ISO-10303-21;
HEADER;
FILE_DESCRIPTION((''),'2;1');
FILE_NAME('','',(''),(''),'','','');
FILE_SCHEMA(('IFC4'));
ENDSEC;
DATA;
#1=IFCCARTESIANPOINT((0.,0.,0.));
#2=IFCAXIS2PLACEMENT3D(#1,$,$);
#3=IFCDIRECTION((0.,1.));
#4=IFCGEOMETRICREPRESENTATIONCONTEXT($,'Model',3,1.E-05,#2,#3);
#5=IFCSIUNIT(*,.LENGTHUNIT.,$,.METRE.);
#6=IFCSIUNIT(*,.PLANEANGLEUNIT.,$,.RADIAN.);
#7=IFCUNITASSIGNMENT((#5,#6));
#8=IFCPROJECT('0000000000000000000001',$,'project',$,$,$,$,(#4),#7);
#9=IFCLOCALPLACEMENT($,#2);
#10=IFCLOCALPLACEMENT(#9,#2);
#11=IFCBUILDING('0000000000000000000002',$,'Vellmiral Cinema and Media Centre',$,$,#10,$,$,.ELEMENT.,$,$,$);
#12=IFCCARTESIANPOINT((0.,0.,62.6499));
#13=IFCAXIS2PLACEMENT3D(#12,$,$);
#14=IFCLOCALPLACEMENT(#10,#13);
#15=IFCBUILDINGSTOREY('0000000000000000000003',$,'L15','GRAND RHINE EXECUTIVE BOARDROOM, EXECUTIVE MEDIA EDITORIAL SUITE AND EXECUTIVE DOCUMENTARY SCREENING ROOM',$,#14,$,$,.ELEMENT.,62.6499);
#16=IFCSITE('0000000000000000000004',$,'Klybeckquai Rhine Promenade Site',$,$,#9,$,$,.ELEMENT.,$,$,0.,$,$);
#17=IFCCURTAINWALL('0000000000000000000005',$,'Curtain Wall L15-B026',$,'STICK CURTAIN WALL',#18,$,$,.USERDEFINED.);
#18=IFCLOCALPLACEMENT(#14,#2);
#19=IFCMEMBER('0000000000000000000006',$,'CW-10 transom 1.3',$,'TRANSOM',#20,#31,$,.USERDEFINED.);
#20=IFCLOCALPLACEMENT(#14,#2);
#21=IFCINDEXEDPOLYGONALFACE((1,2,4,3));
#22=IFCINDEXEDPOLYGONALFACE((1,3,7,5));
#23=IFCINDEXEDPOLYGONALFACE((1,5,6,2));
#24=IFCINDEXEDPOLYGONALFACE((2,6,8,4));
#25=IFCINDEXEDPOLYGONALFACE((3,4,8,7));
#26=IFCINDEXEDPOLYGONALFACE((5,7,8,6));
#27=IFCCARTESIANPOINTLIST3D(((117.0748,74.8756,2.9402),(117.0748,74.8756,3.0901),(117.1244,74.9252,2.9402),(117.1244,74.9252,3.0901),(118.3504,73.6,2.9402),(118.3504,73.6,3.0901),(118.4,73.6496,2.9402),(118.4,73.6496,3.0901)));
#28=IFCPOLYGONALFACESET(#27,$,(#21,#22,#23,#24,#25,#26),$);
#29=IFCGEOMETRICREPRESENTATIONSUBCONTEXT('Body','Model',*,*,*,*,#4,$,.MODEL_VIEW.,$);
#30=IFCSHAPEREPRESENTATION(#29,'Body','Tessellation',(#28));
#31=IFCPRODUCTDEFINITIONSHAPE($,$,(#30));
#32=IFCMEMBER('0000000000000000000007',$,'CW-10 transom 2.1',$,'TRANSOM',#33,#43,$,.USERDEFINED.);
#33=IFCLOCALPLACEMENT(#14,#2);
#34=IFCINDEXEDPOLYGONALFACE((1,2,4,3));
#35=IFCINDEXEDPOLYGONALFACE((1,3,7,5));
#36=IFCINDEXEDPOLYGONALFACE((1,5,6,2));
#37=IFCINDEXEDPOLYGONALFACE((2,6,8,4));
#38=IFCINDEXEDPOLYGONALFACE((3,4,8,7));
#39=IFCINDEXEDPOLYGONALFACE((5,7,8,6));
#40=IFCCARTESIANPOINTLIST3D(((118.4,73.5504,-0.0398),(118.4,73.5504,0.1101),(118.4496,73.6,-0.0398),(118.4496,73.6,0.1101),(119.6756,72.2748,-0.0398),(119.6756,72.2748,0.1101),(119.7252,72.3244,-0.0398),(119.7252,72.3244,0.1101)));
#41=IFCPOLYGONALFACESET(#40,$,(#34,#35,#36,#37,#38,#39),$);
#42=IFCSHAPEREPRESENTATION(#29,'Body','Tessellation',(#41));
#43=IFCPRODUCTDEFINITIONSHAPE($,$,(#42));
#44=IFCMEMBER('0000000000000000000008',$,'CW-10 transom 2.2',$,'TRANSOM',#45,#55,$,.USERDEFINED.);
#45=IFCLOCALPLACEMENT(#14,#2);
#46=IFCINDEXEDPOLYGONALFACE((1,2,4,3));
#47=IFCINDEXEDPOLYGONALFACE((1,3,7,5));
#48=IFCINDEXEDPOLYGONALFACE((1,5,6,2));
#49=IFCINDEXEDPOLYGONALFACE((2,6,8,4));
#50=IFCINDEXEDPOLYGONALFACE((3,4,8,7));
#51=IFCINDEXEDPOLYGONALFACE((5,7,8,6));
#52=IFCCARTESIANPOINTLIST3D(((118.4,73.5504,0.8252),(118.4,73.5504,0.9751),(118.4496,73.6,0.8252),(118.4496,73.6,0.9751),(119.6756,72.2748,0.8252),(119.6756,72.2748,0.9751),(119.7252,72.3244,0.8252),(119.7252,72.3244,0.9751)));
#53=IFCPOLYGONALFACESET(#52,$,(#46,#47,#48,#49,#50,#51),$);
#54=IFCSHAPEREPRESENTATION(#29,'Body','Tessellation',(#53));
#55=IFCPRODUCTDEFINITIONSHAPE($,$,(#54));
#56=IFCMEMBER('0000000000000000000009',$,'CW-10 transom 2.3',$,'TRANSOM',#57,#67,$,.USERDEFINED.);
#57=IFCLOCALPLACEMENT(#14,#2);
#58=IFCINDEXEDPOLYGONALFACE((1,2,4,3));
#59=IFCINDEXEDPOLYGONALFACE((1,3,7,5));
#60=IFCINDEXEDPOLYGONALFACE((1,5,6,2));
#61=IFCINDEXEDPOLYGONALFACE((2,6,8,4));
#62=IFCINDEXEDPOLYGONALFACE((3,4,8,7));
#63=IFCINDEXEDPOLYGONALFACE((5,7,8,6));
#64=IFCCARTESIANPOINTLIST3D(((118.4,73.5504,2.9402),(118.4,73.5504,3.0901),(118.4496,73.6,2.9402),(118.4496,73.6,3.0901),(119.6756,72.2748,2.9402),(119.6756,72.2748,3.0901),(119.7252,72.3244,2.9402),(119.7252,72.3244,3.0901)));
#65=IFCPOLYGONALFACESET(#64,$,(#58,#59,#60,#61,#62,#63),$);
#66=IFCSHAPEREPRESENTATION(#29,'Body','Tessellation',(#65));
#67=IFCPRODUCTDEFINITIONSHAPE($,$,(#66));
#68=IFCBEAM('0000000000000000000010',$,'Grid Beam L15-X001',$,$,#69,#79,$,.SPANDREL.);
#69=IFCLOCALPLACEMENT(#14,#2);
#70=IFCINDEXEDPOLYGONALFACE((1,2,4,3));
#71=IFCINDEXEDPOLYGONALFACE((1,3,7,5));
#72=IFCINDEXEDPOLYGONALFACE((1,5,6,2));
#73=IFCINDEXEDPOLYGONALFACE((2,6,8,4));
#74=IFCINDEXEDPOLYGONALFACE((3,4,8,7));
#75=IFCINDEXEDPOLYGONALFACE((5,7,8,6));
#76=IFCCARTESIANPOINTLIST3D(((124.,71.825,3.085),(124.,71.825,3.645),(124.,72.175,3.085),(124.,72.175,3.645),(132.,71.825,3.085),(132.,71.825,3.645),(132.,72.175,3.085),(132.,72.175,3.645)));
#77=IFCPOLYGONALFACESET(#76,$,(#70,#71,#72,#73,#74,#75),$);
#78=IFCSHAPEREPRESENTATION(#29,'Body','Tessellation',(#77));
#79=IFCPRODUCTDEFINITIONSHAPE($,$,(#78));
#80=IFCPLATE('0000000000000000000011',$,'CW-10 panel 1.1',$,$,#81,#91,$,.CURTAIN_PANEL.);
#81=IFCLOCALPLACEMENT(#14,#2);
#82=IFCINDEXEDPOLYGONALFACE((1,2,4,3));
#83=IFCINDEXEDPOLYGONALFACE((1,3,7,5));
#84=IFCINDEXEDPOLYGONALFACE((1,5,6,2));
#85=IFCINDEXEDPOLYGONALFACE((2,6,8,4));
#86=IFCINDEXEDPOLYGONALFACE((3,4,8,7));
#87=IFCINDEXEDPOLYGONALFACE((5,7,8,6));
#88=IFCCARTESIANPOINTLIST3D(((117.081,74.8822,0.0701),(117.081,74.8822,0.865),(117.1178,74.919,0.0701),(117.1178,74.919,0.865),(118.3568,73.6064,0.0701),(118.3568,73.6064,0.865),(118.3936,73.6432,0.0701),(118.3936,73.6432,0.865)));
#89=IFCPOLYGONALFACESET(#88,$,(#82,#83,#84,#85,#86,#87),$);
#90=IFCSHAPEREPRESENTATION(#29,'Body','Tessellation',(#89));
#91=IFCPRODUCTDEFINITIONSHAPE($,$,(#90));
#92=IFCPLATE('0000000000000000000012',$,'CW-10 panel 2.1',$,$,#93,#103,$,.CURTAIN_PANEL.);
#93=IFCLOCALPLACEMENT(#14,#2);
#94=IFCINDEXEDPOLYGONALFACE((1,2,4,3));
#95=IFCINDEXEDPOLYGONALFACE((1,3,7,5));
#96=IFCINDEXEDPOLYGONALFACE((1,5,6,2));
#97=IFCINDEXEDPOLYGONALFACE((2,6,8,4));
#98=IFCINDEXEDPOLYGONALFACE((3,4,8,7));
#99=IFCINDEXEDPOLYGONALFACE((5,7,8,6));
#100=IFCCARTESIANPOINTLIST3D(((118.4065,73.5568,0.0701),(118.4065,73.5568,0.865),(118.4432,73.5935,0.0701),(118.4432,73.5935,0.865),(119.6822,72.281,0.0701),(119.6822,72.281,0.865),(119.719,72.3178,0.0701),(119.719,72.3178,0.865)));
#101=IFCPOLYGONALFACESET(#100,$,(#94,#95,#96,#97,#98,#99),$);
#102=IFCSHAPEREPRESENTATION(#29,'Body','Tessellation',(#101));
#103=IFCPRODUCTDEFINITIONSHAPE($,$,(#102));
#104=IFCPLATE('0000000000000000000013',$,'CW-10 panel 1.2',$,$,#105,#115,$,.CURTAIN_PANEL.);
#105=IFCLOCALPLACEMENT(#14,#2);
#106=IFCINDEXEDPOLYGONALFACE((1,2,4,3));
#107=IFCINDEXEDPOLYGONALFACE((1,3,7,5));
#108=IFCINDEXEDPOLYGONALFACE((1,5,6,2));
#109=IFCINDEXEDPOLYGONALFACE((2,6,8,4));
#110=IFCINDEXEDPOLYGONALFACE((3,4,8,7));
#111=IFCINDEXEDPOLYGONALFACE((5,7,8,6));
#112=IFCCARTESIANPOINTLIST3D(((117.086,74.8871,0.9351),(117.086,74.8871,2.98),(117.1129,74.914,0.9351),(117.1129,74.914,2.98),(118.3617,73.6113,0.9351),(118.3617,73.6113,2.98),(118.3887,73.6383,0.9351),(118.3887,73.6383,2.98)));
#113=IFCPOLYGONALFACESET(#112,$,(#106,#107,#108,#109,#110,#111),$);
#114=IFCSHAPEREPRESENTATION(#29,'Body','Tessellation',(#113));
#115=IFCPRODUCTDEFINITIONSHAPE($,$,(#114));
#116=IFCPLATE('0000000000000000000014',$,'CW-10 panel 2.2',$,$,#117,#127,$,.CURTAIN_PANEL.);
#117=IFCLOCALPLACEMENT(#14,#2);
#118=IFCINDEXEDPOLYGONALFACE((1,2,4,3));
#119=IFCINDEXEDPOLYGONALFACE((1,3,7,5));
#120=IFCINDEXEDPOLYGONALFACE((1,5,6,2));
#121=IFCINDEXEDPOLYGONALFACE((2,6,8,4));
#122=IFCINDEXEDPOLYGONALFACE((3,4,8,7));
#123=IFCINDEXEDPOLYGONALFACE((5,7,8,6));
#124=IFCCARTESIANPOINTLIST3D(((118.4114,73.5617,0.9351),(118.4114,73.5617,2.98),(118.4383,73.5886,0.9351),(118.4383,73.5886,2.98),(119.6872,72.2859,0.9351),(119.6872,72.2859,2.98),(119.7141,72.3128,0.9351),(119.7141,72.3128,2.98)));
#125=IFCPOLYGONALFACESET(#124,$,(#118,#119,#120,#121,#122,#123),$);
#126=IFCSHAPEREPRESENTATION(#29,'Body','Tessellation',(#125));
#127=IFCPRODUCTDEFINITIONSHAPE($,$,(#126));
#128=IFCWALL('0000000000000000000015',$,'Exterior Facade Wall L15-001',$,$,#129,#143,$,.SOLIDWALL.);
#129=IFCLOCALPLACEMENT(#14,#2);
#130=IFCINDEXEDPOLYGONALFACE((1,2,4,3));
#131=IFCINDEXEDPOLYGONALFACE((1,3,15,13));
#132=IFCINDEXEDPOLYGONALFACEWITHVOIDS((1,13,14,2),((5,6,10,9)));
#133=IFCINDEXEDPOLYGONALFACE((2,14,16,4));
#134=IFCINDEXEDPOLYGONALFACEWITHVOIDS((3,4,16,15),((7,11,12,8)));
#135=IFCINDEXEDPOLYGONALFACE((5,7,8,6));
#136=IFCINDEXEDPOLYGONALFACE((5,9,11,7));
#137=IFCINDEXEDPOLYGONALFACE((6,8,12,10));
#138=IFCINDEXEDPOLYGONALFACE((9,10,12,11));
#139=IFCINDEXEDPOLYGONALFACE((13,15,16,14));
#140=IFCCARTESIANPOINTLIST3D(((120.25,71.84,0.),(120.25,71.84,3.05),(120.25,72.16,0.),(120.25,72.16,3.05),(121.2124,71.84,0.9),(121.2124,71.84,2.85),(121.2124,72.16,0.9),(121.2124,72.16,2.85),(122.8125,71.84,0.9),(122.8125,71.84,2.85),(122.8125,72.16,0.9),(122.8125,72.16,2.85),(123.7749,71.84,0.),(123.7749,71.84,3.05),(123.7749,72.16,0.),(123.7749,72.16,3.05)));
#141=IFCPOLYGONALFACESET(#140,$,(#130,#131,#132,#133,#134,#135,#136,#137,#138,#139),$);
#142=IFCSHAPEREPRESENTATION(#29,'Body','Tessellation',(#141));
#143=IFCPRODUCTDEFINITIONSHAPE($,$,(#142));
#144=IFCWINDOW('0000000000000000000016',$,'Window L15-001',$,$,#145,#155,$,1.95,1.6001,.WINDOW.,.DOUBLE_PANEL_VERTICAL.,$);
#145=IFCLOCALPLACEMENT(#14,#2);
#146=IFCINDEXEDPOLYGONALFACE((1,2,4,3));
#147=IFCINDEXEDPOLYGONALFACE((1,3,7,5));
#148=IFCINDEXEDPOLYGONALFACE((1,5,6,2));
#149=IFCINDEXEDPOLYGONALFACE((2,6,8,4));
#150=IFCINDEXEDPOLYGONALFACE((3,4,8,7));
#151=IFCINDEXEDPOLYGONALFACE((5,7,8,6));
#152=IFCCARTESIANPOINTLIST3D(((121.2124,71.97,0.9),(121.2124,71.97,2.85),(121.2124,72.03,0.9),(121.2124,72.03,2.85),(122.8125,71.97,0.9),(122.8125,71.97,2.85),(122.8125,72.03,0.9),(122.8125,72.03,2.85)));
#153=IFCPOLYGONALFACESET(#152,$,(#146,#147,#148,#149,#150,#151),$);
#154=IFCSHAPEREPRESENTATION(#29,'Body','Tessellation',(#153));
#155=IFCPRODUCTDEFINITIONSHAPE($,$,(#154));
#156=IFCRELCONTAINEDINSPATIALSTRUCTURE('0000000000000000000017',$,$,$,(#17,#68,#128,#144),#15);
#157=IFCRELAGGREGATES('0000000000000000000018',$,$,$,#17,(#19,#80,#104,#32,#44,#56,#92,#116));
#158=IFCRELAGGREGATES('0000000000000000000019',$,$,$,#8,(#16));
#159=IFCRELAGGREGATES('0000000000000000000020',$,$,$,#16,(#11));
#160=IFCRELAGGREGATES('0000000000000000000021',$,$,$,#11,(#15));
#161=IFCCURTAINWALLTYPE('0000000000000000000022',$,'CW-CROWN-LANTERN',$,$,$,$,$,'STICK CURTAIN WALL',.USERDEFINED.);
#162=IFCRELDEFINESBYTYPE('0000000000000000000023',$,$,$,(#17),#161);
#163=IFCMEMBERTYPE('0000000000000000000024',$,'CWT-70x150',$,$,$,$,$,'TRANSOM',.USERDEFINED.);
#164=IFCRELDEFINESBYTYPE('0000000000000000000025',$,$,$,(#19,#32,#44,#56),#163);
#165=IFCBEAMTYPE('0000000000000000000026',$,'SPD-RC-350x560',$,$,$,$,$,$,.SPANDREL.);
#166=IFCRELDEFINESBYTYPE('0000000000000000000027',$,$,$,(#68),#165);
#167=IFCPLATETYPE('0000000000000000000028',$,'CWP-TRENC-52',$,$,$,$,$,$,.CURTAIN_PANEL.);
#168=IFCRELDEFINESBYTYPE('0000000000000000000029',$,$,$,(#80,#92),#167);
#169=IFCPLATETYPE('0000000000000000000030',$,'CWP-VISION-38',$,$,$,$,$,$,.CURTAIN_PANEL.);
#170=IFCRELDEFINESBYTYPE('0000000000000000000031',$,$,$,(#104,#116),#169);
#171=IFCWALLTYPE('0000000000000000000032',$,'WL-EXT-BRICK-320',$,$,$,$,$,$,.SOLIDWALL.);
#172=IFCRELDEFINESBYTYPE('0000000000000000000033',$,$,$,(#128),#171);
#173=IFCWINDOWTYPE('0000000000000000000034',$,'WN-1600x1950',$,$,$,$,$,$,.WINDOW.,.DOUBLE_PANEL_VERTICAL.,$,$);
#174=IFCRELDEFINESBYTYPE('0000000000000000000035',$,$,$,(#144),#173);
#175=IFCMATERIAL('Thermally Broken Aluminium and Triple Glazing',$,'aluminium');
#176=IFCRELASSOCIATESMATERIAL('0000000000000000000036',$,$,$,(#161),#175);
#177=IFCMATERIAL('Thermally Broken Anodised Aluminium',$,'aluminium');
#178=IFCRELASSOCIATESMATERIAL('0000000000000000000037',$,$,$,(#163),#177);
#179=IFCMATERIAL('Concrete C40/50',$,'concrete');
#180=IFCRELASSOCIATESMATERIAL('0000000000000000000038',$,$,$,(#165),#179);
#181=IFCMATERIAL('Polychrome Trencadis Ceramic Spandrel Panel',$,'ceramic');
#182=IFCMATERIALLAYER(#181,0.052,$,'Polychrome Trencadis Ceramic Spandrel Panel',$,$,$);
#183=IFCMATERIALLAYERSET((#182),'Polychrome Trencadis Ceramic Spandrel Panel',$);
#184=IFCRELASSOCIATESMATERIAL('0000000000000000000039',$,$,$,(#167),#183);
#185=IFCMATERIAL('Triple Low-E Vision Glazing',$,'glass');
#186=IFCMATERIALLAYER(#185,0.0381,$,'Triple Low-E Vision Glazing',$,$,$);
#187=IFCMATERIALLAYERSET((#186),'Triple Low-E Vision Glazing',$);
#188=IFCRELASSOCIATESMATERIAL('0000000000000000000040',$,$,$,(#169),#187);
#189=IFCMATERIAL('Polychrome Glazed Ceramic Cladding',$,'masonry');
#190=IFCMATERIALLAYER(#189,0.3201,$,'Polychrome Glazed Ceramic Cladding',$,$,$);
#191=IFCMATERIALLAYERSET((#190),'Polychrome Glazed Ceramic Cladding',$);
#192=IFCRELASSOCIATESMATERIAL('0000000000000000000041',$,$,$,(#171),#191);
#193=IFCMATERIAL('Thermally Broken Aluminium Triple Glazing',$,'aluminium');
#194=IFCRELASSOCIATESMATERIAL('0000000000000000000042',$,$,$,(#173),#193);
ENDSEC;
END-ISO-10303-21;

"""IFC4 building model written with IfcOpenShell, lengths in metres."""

from ifc_helpers import new_model, si_unit, direction, frame, frame_2d, origin, origin_2d, place, context, subcontext, project, spatial, rectangle, extrude, material, layer, layer_set, material_profile, profile_set, type_object, element, fill, aggregate, save


model = new_model("IFC4")

# Units and contexts
model_context = context("Model", 3, precision=1e-05, world=origin(), true_north=direction((0.0, 1.0)))
body_context = subcontext(model_context, "Body", "Model", "MODEL_VIEW")
ifc_project = project(units=[si_unit("LENGTHUNIT", "METRE"), si_unit("PLANEANGLEUNIT", "RADIAN")], contexts=[model_context])

# Site, building, storey
site_placement = place(None, origin())
site = spatial("IfcSite", under=ifc_project, at=site_placement, Name="Klybeckquai Rhine Promenade Site", CompositionType="ELEMENT", RefElevation=0.0)
building_placement = place(site_placement, origin())
building = spatial("IfcBuilding", under=site, at=building_placement, Name="Vellmiral Cinema and Media Centre", CompositionType="ELEMENT")
storey_placement = place(building_placement, frame((0.0, 0.0, 62.6499)))
storey = spatial("IfcBuildingStorey", under=building, at=storey_placement, Name="L15", Description="GRAND RHINE EXECUTIVE BOARDROOM, EXECUTIVE MEDIA EDITORIAL SUITE AND EXECUTIVE DOCUMENTARY SCREENING ROOM", CompositionType="ELEMENT", Elevation=62.6499)

# Curtain wall, members
ifc_material_1 = material(Name="Thermally Broken Aluminium and Triple Glazing", Category="aluminium")
curtain_wall_type = type_object("IfcCurtainWallType", Name="CW-CROWN-LANTERN", ElementType="STICK CURTAIN WALL", PredefinedType="USERDEFINED", material=ifc_material_1)
curtain_wall_placement = place(storey_placement, origin())
curtain_wall = element("IfcCurtainWall", 1, at=curtain_wall_placement, inside=storey, type_object=curtain_wall_type, Name="Curtain Wall L15-B026", ObjectType="STICK CURTAIN WALL", PredefinedType="USERDEFINED")
ifc_material_2 = material(Name="Thermally Broken Anodised Aluminium", Category="aluminium")
ifc_material_profile_1 = material_profile(ifc_material_2, rectangle(XDim=0.0701, YDim=0.1499, at=origin_2d()), Name="MULL 70x150")
ifc_profile_set_1 = profile_set([ifc_material_profile_1], Name="Thermally Broken Anodised Aluminium")
member_type_1 = type_object("IfcMemberType", Name="CWT-70x150", ElementType="TRANSOM", PredefinedType="USERDEFINED", material=ifc_profile_set_1)
member_1_placement = place(storey_placement, frame((117.0996, 74.9004, 3.0151), z_axis=(0.707107, -0.707107, 0.0), x_axis=(0.707107, 0.707107, 0.0)))
member_1 = element("IfcMember", 2, at=member_1_placement, type_object=member_type_1, Name="CW-10 transom 1.3", ObjectType="TRANSOM", PredefinedType="USERDEFINED", context=body_context, shape_type="SweptSolid", body=[
    extrude(rectangle(XDim=0.0701, YDim=0.1499, at=origin_2d()), origin(), (0.0, 0.0, 1.0), 1.804),
])
member_2_placement = place(storey_placement, frame((118.4248, 73.5752, 0.0352), z_axis=(0.707107, -0.707107, 0.0), x_axis=(0.707107, 0.707107, 0.0)))
member_2 = element("IfcMember", 3, at=member_2_placement, type_object=member_type_1, Name="CW-10 transom 2.1", ObjectType="TRANSOM", PredefinedType="USERDEFINED", context=body_context, shape_type="SweptSolid", body=[
    extrude(rectangle(XDim=0.0701, YDim=0.1499, at=origin_2d()), origin(), (0.0, 0.0, 1.0), 1.804),
])
member_3_placement = place(storey_placement, frame((118.4248, 73.5752, 0.9001), z_axis=(0.707107, -0.707107, 0.0), x_axis=(0.707107, 0.707107, 0.0)))
member_3 = element("IfcMember", 4, at=member_3_placement, type_object=member_type_1, Name="CW-10 transom 2.2", ObjectType="TRANSOM", PredefinedType="USERDEFINED", context=body_context, shape_type="SweptSolid", body=[
    extrude(rectangle(XDim=0.0701, YDim=0.1499, at=origin_2d()), origin(), (0.0, 0.0, 1.0), 1.804),
])
member_4_placement = place(storey_placement, frame((118.4248, 73.5752, 3.0151), z_axis=(0.707107, -0.707107, 0.0), x_axis=(0.707107, 0.707107, 0.0)))
member_4 = element("IfcMember", 5, at=member_4_placement, type_object=member_type_1, Name="CW-10 transom 2.3", ObjectType="TRANSOM", PredefinedType="USERDEFINED", context=body_context, shape_type="SweptSolid", body=[
    extrude(rectangle(XDim=0.0701, YDim=0.1499, at=origin_2d()), origin(), (0.0, 0.0, 1.0), 1.804),
])

# Beam
ifc_material_3 = material(Name="Concrete C40/50", Category="concrete")
ifc_material_profile_2 = material_profile(ifc_material_3, rectangle(XDim=0.3501, YDim=0.5601, at=origin_2d()), Name="RC 350x560")
ifc_profile_set_2 = profile_set([ifc_material_profile_2], Name="Concrete C40/50")
beam_type_1 = type_object("IfcBeamType", Name="SPD-RC-350x560", PredefinedType="SPANDREL", material=ifc_profile_set_2)
beam_1_placement = place(storey_placement, frame((124.0, 72.0, 3.365), z_axis=(1.0, 0.0, 0.0), x_axis=(0.0, 1.0, 0.0)))
element("IfcBeam", 6, at=beam_1_placement, inside=storey, type_object=beam_type_1, Name="Grid Beam L15-X001", PredefinedType="SPANDREL", context=body_context, shape_type="SweptSolid", body=[
    extrude(rectangle(XDim=0.3501, YDim=0.5601, at=origin_2d()), origin(), (0.0, 0.0, 1.0), 8.0),
])

# Plates
ifc_material_4 = material(Name="Polychrome Trencadis Ceramic Spandrel Panel", Category="ceramic")
ifc_layer_1 = layer(ifc_material_4, 0.052, Name="Polychrome Trencadis Ceramic Spandrel Panel")
ifc_layer_set_1 = layer_set([ifc_layer_1], Name="Polychrome Trencadis Ceramic Spandrel Panel")
plate_type_1 = type_object("IfcPlateType", Name="CWP-TRENC-52", PredefinedType="CURTAIN_PANEL", material=ifc_layer_set_1)
plate_1_placement = place(storey_placement, frame((117.7373, 74.2627, 0.0701), z_axis=(0.0, 0.0, 1.0), x_axis=(0.707107, -0.707107, 0.0)))
plate_1 = element("IfcPlate", 7, at=plate_1_placement, type_object=plate_type_1, Name="CW-10 panel 1.1", PredefinedType="CURTAIN_PANEL", context=body_context, shape_type="SweptSolid", body=[
    extrude(rectangle(XDim=1.8042, YDim=0.052, at=origin_2d()), origin(), (0.0, 0.0, 1.0), 0.7949),
])
plate_2_placement = place(storey_placement, frame((119.0627, 72.9373, 0.0701), z_axis=(0.0, 0.0, 1.0), x_axis=(0.707107, -0.707107, 0.0)))
plate_2 = element("IfcPlate", 8, at=plate_2_placement, type_object=plate_type_1, Name="CW-10 panel 2.1", PredefinedType="CURTAIN_PANEL", context=body_context, shape_type="SweptSolid", body=[
    extrude(rectangle(XDim=1.8042, YDim=0.052, at=origin_2d()), origin(), (0.0, 0.0, 1.0), 0.7949),
])
ifc_material_5 = material(Name="Triple Low-E Vision Glazing", Category="glass")
ifc_layer_2 = layer(ifc_material_5, 0.0381, Name="Triple Low-E Vision Glazing")
ifc_layer_set_2 = layer_set([ifc_layer_2], Name="Triple Low-E Vision Glazing")
plate_type_2 = type_object("IfcPlateType", Name="CWP-VISION-38", PredefinedType="CURTAIN_PANEL", material=ifc_layer_set_2)
plate_3_placement = place(storey_placement, frame((117.7373, 74.2627, 0.9351), z_axis=(0.0, 0.0, 1.0), x_axis=(0.707107, -0.707107, 0.0)))
plate_3 = element("IfcPlate", 9, at=plate_3_placement, type_object=plate_type_2, Name="CW-10 panel 1.2", PredefinedType="CURTAIN_PANEL", context=body_context, shape_type="SweptSolid", body=[
    extrude(rectangle(XDim=1.8042, YDim=0.0381, at=origin_2d()), origin(), (0.0, 0.0, 1.0), 2.0449),
])
plate_4_placement = place(storey_placement, frame((119.0627, 72.9373, 0.9351), z_axis=(0.0, 0.0, 1.0), x_axis=(0.707107, -0.707107, 0.0)))
plate_4 = element("IfcPlate", 10, at=plate_4_placement, type_object=plate_type_2, Name="CW-10 panel 2.2", PredefinedType="CURTAIN_PANEL", context=body_context, shape_type="SweptSolid", body=[
    extrude(rectangle(XDim=1.8042, YDim=0.0381, at=origin_2d()), origin(), (0.0, 0.0, 1.0), 2.0449),
])
aggregate(curtain_wall, [member_1, plate_1, plate_3, member_2, member_3, member_4, plate_2, plate_4])

# Wall, opening, window
ifc_material_6 = material(Name="Polychrome Glazed Ceramic Cladding", Category="masonry")
ifc_layer_3 = layer(ifc_material_6, 0.3201, Name="Polychrome Glazed Ceramic Cladding")
ifc_layer_set_3 = layer_set([ifc_layer_3], Name="Polychrome Glazed Ceramic Cladding")
wall_type_1 = type_object("IfcWallType", Name="WL-EXT-BRICK-320", PredefinedType="SOLIDWALL", material=ifc_layer_set_3)
wall_1_placement = place(storey_placement, frame((120.25, 72.0, 0.0), z_axis=(0.0, 0.0, 1.0), x_axis=(1.0, 0.0, 0.0)))
wall_1 = element("IfcWall", 11, at=wall_1_placement, inside=storey, type_object=wall_type_1, Name="Exterior Facade Wall L15-001", PredefinedType="SOLIDWALL", context=body_context, shape_type="SweptSolid", body=[
    extrude(rectangle(XDim=3.5249, YDim=0.3201, at=frame_2d((1.7625, 0.0))), origin(), (0.0, 0.0, 1.0), 3.05),
])
opening_1_placement = place(wall_1_placement, frame((0.9624, 0.0, 0.8999)))
opening_1 = element("IfcOpeningElement", 12, at=opening_1_placement, cuts=wall_1, PredefinedType="OPENING", context=body_context, shape_type="SweptSolid", body=[
    extrude(rectangle(XDim=1.6001, YDim=1.95, at=frame_2d((0.8, 0.9751))), frame((0.0, 0.1719, 0.0), z_axis=(0.0, -1.0, 0.0), x_axis=(1.0, 0.0, 0.0)), (0.0, 0.0, 1.0), 0.344),
])
ifc_material_7 = material(Name="Thermally Broken Aluminium Triple Glazing", Category="aluminium")
window_type_1 = type_object("IfcWindowType", Name="WN-1600x1950", PartitioningType="DOUBLE_PANEL_VERTICAL", PredefinedType="WINDOW", material=ifc_material_7)
window_1_placement = place(opening_1_placement, origin())
window_1 = element("IfcWindow", 13, at=window_1_placement, inside=storey, type_object=window_type_1, Name="Window L15-001", OverallHeight=1.95, OverallWidth=1.6001, PartitioningType="DOUBLE_PANEL_VERTICAL", PredefinedType="WINDOW", context=body_context, shape_type="SweptSolid", body=[
    extrude(rectangle(XDim=1.6001, YDim=1.95, at=frame_2d((0.8, 0.9751))), frame((0.0, 0.03, 0.0), z_axis=(0.0, -1.0, 0.0), x_axis=(1.0, 0.0, 0.0)), (0.0, 0.0, 1.0), 0.0601),
])
fill(opening_1, window_1)

save(model, "model.ifc")
